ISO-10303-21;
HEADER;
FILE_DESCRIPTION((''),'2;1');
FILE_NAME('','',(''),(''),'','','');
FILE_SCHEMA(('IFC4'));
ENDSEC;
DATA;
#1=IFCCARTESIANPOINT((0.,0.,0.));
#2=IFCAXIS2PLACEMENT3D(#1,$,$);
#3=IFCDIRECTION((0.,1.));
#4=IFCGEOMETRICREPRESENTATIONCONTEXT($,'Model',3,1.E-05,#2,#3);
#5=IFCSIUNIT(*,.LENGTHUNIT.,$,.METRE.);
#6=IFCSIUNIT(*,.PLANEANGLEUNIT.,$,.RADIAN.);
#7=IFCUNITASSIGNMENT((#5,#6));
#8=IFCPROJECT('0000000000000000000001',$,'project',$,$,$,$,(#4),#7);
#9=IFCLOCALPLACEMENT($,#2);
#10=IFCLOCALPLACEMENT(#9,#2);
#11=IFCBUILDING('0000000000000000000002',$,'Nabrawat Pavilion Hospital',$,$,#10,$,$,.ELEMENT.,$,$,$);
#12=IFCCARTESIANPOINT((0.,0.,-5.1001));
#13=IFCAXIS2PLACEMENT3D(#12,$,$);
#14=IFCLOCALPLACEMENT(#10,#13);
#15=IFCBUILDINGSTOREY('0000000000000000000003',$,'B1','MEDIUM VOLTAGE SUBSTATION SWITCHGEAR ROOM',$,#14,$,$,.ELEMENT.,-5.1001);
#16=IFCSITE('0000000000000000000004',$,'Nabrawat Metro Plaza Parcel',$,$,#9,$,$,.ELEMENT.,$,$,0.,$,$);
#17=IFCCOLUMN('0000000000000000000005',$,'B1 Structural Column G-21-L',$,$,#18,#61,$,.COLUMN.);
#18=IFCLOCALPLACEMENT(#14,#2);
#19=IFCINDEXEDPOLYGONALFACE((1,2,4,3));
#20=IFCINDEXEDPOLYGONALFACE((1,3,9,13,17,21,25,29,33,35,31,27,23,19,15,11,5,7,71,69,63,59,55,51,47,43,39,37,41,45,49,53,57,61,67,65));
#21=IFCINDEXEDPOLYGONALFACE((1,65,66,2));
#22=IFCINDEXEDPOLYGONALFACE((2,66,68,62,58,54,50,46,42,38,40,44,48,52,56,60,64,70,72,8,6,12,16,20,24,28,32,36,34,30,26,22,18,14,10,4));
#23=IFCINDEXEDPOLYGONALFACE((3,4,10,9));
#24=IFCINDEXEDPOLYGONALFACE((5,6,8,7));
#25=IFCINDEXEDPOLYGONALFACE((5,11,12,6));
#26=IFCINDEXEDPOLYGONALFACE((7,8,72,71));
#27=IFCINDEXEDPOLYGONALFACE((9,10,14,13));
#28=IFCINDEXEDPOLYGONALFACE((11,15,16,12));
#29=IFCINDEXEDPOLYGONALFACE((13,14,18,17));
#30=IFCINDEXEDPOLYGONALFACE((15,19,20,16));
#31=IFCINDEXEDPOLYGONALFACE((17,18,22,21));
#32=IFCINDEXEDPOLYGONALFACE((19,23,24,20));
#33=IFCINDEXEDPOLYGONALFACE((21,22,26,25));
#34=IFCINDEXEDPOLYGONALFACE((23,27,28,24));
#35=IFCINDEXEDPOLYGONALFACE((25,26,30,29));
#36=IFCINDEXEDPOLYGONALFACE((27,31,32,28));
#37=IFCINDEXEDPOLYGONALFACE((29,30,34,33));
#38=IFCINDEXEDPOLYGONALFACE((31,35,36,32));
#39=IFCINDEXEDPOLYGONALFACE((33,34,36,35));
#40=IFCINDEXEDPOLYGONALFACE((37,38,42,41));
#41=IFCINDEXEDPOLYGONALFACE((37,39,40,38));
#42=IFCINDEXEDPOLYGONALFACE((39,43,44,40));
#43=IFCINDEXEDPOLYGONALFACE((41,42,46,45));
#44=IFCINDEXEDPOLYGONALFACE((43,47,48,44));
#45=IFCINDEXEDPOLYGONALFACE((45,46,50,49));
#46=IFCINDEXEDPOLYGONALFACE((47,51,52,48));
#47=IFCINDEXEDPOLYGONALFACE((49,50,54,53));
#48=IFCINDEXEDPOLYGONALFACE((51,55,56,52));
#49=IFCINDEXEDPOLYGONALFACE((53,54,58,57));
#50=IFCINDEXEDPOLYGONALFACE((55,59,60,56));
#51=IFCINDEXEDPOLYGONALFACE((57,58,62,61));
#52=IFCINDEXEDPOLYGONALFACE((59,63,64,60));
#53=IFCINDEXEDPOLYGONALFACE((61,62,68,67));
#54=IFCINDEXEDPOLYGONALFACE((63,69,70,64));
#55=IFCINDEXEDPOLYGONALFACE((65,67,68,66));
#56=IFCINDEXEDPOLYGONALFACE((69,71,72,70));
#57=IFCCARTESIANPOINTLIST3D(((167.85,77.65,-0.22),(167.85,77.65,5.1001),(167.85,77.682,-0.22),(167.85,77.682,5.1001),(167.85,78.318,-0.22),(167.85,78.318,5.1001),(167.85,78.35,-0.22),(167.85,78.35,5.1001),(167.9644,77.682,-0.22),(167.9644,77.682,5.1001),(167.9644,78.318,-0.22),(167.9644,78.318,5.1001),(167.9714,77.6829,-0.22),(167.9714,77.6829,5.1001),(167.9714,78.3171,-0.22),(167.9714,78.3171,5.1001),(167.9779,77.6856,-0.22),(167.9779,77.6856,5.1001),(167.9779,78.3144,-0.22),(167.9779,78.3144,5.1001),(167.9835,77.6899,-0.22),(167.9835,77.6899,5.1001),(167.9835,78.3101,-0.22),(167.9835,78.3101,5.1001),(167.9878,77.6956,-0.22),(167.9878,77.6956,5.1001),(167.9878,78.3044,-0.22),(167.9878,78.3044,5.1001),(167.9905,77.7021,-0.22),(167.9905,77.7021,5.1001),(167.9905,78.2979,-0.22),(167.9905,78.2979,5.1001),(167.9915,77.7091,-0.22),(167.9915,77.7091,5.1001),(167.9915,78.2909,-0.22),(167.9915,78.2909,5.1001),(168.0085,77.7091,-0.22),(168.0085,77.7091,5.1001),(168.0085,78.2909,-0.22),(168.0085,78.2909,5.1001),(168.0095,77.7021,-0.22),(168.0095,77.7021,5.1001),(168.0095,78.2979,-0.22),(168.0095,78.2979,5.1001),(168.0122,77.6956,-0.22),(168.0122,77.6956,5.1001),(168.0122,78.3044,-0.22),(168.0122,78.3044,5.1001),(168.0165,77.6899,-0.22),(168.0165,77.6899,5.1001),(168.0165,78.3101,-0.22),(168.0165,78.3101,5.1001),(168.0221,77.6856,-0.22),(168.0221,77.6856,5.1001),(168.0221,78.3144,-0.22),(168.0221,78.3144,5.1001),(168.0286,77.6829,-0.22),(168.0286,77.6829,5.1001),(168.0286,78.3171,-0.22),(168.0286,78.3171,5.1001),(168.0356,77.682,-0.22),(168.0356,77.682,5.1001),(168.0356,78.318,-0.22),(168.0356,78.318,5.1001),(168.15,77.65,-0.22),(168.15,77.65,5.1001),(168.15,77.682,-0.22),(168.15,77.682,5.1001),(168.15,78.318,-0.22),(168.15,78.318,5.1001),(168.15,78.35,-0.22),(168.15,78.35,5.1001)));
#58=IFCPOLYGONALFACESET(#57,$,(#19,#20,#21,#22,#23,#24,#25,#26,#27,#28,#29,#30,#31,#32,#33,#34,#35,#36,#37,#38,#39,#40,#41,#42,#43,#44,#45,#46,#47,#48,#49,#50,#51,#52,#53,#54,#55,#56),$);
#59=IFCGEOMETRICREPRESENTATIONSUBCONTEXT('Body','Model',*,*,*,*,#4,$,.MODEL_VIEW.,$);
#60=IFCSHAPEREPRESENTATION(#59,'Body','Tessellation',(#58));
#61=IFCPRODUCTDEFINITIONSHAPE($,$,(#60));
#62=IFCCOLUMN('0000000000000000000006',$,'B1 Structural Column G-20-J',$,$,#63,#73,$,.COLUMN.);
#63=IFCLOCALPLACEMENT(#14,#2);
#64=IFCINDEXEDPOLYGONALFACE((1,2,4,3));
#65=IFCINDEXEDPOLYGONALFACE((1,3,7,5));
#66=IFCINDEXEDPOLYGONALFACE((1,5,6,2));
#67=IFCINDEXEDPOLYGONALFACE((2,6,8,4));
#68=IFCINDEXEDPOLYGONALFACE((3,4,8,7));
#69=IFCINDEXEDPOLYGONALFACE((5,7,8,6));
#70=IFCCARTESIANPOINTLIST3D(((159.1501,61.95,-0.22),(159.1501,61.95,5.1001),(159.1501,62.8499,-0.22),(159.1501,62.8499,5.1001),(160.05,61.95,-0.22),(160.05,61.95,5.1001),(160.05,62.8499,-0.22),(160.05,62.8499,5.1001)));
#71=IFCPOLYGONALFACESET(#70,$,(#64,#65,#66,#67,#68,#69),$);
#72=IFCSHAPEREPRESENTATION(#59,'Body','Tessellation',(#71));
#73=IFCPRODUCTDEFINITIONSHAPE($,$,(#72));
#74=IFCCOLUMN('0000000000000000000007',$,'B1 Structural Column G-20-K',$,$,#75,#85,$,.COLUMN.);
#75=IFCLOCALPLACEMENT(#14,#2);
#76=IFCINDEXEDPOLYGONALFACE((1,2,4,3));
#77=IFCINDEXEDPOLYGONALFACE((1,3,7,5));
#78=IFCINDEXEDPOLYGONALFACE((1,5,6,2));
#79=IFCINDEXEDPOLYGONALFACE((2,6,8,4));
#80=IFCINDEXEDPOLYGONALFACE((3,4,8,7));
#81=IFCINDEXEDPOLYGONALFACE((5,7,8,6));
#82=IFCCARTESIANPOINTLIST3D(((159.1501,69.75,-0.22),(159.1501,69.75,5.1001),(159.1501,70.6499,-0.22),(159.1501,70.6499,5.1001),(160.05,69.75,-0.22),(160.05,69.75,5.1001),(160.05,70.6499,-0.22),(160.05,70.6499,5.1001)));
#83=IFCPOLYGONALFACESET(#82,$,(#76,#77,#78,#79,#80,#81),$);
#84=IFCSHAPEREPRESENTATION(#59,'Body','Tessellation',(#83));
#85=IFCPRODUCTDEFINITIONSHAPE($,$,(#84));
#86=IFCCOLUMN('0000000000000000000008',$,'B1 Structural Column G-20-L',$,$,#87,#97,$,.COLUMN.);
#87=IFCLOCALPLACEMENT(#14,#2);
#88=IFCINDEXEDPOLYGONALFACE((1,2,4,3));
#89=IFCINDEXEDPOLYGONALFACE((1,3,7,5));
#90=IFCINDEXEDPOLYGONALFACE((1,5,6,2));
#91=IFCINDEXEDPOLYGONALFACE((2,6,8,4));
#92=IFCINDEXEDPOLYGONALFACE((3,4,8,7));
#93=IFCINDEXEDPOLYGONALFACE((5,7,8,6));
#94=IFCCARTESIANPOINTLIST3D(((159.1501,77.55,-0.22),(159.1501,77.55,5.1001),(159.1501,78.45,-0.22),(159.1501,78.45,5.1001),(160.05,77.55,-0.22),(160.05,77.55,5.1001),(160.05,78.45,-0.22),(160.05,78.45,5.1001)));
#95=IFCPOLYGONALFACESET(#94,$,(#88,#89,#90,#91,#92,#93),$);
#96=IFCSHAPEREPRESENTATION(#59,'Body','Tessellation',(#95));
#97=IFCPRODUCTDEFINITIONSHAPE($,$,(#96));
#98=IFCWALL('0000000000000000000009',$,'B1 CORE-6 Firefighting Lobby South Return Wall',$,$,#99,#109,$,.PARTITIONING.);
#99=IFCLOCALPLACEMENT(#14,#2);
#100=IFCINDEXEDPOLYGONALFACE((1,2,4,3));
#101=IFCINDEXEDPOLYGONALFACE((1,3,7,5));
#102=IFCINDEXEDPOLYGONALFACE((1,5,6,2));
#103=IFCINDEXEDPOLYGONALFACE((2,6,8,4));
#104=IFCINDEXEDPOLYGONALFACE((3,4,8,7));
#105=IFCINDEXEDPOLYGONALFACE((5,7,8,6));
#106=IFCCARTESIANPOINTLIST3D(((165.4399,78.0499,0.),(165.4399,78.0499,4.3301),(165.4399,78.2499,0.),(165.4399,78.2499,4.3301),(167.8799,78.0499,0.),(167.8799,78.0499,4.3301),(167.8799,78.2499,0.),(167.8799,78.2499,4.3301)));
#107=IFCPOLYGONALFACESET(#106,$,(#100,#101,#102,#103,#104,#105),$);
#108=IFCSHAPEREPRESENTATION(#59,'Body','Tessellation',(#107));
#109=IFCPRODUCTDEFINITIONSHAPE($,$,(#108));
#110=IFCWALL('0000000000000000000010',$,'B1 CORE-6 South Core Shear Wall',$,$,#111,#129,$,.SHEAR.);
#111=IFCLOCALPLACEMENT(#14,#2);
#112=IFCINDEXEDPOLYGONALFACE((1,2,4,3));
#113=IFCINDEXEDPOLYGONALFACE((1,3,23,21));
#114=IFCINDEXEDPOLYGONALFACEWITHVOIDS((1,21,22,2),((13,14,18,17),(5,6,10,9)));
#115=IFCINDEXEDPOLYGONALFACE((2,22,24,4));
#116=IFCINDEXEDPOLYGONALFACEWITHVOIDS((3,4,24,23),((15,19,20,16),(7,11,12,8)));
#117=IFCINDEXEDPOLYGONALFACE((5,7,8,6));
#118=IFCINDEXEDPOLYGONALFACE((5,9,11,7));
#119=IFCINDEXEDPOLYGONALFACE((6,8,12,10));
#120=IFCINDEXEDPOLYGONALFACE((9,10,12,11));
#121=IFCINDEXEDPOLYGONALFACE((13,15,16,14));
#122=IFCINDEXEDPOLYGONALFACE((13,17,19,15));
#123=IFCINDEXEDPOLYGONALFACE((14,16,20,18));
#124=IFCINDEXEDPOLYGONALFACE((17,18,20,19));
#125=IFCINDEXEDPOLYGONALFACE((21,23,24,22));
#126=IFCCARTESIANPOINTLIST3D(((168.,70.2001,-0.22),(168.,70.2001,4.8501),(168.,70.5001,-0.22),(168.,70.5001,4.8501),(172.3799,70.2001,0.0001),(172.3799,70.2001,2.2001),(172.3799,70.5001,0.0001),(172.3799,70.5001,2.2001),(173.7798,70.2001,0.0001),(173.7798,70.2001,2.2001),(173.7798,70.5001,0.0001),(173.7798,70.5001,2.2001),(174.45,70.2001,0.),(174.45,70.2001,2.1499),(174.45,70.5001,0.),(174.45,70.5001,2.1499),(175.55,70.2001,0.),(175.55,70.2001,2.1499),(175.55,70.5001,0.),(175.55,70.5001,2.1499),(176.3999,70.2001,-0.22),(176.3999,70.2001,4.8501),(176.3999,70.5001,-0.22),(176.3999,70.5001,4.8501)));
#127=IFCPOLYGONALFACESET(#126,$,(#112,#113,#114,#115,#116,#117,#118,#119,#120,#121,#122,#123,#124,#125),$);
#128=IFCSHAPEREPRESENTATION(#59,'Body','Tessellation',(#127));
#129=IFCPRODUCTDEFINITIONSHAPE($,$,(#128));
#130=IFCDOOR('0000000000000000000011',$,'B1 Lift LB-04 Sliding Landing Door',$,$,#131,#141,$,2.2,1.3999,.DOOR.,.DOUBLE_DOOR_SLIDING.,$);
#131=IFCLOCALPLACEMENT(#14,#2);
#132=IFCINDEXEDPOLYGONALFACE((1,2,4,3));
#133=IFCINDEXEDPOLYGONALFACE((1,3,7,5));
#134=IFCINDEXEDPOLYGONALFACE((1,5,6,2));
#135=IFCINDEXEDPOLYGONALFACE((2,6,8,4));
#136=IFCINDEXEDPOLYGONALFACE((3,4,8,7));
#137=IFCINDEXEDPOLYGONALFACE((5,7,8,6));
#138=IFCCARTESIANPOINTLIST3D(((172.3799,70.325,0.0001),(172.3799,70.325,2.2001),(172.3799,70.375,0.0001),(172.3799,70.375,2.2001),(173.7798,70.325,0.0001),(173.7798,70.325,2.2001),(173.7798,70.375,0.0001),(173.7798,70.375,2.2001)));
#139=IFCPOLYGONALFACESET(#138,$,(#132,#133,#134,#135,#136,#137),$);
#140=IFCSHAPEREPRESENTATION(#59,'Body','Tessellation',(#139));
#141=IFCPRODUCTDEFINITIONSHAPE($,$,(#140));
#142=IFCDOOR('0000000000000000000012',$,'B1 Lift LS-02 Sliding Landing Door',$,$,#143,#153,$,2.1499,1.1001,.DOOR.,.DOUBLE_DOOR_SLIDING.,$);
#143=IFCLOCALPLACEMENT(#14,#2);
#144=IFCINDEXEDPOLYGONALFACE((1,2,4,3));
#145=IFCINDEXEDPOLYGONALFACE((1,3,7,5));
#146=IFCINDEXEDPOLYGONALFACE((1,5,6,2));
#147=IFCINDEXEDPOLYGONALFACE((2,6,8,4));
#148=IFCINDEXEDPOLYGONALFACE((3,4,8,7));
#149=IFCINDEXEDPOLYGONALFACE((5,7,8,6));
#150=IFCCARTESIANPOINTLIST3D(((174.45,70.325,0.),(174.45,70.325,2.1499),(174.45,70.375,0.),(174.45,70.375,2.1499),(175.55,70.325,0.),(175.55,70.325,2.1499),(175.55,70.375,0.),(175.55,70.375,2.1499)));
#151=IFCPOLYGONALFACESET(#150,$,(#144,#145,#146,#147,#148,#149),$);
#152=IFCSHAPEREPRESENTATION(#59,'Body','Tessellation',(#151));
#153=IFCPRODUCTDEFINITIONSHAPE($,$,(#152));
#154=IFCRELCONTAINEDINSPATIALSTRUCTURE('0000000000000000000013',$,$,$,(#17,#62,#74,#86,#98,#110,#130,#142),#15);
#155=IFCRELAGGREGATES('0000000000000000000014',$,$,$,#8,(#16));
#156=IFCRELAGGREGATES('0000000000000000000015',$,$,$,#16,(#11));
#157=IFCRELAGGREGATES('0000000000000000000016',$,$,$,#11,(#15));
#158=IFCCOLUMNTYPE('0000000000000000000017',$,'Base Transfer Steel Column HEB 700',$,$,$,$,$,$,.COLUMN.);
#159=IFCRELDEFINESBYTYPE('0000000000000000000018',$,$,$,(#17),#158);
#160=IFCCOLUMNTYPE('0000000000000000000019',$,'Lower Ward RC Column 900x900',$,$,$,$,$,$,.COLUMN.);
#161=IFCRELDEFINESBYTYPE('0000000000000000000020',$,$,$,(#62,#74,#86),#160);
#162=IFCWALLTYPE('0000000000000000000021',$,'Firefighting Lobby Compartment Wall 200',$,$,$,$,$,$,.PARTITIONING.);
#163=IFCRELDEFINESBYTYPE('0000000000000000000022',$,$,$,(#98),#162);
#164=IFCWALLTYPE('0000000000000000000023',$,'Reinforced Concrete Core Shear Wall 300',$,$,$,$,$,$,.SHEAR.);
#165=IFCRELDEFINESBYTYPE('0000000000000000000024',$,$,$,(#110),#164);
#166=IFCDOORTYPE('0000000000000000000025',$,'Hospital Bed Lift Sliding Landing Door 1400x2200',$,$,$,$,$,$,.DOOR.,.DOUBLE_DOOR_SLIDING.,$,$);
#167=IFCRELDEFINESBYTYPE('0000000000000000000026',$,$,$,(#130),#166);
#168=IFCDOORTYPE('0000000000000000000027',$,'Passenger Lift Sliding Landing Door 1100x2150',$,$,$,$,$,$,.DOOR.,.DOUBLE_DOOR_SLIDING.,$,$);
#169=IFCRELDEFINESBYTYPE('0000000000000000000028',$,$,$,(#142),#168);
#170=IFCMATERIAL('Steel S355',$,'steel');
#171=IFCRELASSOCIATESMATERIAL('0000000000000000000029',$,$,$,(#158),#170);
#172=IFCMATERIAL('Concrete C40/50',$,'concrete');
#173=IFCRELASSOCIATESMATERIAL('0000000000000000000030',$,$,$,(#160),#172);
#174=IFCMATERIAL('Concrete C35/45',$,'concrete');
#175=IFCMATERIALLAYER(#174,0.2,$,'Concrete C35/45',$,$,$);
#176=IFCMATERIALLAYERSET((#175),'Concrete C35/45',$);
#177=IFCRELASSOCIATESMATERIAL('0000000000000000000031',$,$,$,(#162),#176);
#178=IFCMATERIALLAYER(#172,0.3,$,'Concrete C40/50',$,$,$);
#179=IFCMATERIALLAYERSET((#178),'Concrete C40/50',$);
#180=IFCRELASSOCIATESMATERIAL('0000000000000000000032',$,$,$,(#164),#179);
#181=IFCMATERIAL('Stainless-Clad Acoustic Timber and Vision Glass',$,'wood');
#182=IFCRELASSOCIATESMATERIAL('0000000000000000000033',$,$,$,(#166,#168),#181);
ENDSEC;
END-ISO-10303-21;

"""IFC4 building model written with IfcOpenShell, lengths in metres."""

from ifc_helpers import new_model, si_unit, direction, frame, frame_2d, origin, origin_2d, place, context, subcontext, project, spatial, rectangle, i_section, extrude, material, layer, layer_set, material_profile, profile_set, type_object, element, fill, save


model = new_model("IFC4")

# Units and contexts
model_context = context("Model", 3, precision=1e-05, world=origin(), true_north=direction((0.0, 1.0)))
body_context = subcontext(model_context, "Body", "Model", "MODEL_VIEW")
ifc_project = project(units=[si_unit("LENGTHUNIT", "METRE"), si_unit("PLANEANGLEUNIT", "RADIAN")], contexts=[model_context])

# Site, building, storey
site_placement = place(None, origin())
site = spatial("IfcSite", under=ifc_project, at=site_placement, Name="Nabrawat Metro Plaza Parcel", CompositionType="ELEMENT", RefElevation=0.0)
building_placement = place(site_placement, origin())
building = spatial("IfcBuilding", under=site, at=building_placement, Name="Nabrawat Pavilion Hospital", CompositionType="ELEMENT")
storey_placement = place(building_placement, frame((0.0, 0.0, -5.1001)))
storey = spatial("IfcBuildingStorey", under=building, at=storey_placement, Name="B1", Description="MEDIUM VOLTAGE SUBSTATION SWITCHGEAR ROOM", CompositionType="ELEMENT", Elevation=-5.1001)

# Shared definitions
ifc_material_1 = material(Name="Concrete C35/45", Category="concrete")

# Columns
ifc_material_2 = material(Name="Steel S355", Category="steel")
ifc_material_profile_1 = material_profile(ifc_material_2, i_section(OverallWidth=0.3, OverallDepth=0.7, WebThickness=0.0171, FlangeThickness=0.032, FilletRadius=0.0271, at=origin_2d()), Name="HEB 700")
ifc_profile_set_1 = profile_set([ifc_material_profile_1], Name="Steel S355")
column_type_1 = type_object("IfcColumnType", Name="Base Transfer Steel Column HEB 700", PredefinedType="COLUMN", material=ifc_profile_set_1)
for number, where, z_axis, x_axis, name in (
    (1, (168.0, 78.0, -0.22), (0.0, 0.0, 1.0), (1.0, 0.0, 0.0), "B1 Structural Column G-21-L"),
):
    element("IfcColumn", number, at=place(storey_placement, frame(where, z_axis=z_axis, x_axis=x_axis)), inside=storey, type_object=column_type_1, Name=name, PredefinedType="COLUMN", context=body_context, shape_type="SweptSolid", body=[
        extrude(i_section(OverallWidth=0.3, OverallDepth=0.7, WebThickness=0.0171, FlangeThickness=0.032, FilletRadius=0.0271, at=origin_2d()), origin(), (0.0, 0.0, 1.0), 5.3201),
    ])
ifc_material_3 = material(Name="Concrete C40/50", Category="concrete")
ifc_material_profile_2 = material_profile(ifc_material_3, rectangle(XDim=0.8999, YDim=0.8999, at=origin_2d()), Name="RC 900x900")
ifc_profile_set_2 = profile_set([ifc_material_profile_2], Name="Concrete C40/50")
column_type_2 = type_object("IfcColumnType", Name="Lower Ward RC Column 900x900", PredefinedType="COLUMN", material=ifc_profile_set_2)
for number, where, z_axis, x_axis, name in (
    (2, (159.6001, 62.3999, -0.22), (0.0, 0.0, 1.0), (1.0, 0.0, 0.0), "B1 Structural Column G-20-J"),
    (3, (159.6001, 70.2, -0.22), (0.0, 0.0, 1.0), (1.0, 0.0, 0.0), "B1 Structural Column G-20-K"),
    (4, (159.6001, 78.0, -0.22), (0.0, 0.0, 1.0), (1.0, 0.0, 0.0), "B1 Structural Column G-20-L"),
):
    element("IfcColumn", number, at=place(storey_placement, frame(where, z_axis=z_axis, x_axis=x_axis)), inside=storey, type_object=column_type_2, Name=name, PredefinedType="COLUMN", context=body_context, shape_type="SweptSolid", body=[
        extrude(rectangle(XDim=0.8999, YDim=0.8999, at=origin_2d()), origin(), (0.0, 0.0, 1.0), 5.3201),
    ])

# Wall
ifc_layer_1 = layer(ifc_material_1, 0.2, Name="Concrete C35/45")
ifc_layer_set_1 = layer_set([ifc_layer_1], Name="Concrete C35/45")
wall_type_1 = type_object("IfcWallType", Name="Firefighting Lobby Compartment Wall 200", PredefinedType="PARTITIONING", material=ifc_layer_set_1)
wall_1_placement = place(storey_placement, frame((165.4399, 78.1499, 0.0), z_axis=(0.0, 0.0, 1.0), x_axis=(1.0, 0.0, 0.0)))
element("IfcWall", 5, at=wall_1_placement, inside=storey, type_object=wall_type_1, Name="B1 CORE-6 Firefighting Lobby South Return Wall", PredefinedType="PARTITIONING", context=body_context, shape_type="SweptSolid", body=[
    extrude(rectangle(XDim=2.4399, YDim=0.2, at=frame_2d((1.22, 0.0))), origin(), (0.0, 0.0, 1.0), 4.3301),
])

# Wall, openings, doors
ifc_layer_2 = layer(ifc_material_3, 0.3, Name="Concrete C40/50")
ifc_layer_set_2 = layer_set([ifc_layer_2], Name="Concrete C40/50")
wall_type_2 = type_object("IfcWallType", Name="Reinforced Concrete Core Shear Wall 300", PredefinedType="SHEAR", material=ifc_layer_set_2)
wall_2_placement = place(storey_placement, frame((168.0, 70.3501, -0.22), z_axis=(0.0, 0.0, 1.0), x_axis=(1.0, 0.0, 0.0)))
wall_2 = element("IfcWall", 6, at=wall_2_placement, inside=storey, type_object=wall_type_2, Name="B1 CORE-6 South Core Shear Wall", PredefinedType="SHEAR", context=body_context, shape_type="SweptSolid", body=[
    extrude(rectangle(XDim=8.3999, YDim=0.3, at=frame_2d((4.2, 0.0))), origin(), (0.0, 0.0, 1.0), 5.0701),
])
opening_1_placement = place(wall_2_placement, frame((4.3799, 0.0, 0.22)))
opening_1 = element("IfcOpeningElement", 7, at=opening_1_placement, cuts=wall_2, PredefinedType="OPENING", context=body_context, shape_type="SweptSolid", body=[
    extrude(rectangle(XDim=1.3999, YDim=2.2, at=frame_2d((0.7, 1.1001))), frame((0.0, 0.1602, 0.0), z_axis=(0.0, -1.0, 0.0), x_axis=(1.0, 0.0, 0.0)), (0.0, 0.0, 1.0), 0.3201),
])
opening_2_placement = place(wall_2_placement, frame((6.45, 0.0, 0.22)))
opening_2 = element("IfcOpeningElement", 8, at=opening_2_placement, cuts=wall_2, PredefinedType="OPENING", context=body_context, shape_type="SweptSolid", body=[
    extrude(rectangle(XDim=1.1001, YDim=2.1499, at=frame_2d((0.55, 1.075))), frame((0.0, 0.1602, 0.0), z_axis=(0.0, -1.0, 0.0), x_axis=(1.0, 0.0, 0.0)), (0.0, 0.0, 1.0), 0.3201),
])
ifc_material_4 = material(Name="Stainless-Clad Acoustic Timber and Vision Glass", Category="wood")
door_type_1 = type_object("IfcDoorType", Name="Hospital Bed Lift Sliding Landing Door 1400x2200", OperationType="DOUBLE_DOOR_SLIDING", PredefinedType="DOOR", material=ifc_material_4)
door_1_placement = place(opening_1_placement, origin())
door_1 = element("IfcDoor", 9, at=door_1_placement, inside=storey, type_object=door_type_1, Name="B1 Lift LB-04 Sliding Landing Door", OperationType="DOUBLE_DOOR_SLIDING", OverallHeight=2.2, OverallWidth=1.3999, PredefinedType="DOOR", context=body_context, shape_type="SweptSolid", body=[
    extrude(rectangle(XDim=1.3999, YDim=2.2, at=frame_2d((0.7, 1.1001))), frame((0.0, 0.0249, 0.0), z_axis=(0.0, -1.0, 0.0), x_axis=(1.0, 0.0, 0.0)), (0.0, 0.0, 1.0), 0.05),
])
fill(opening_1, door_1)
door_type_2 = type_object("IfcDoorType", Name="Passenger Lift Sliding Landing Door 1100x2150", OperationType="DOUBLE_DOOR_SLIDING", PredefinedType="DOOR", material=ifc_material_4)
door_2_placement = place(opening_2_placement, origin())
door_2 = element("IfcDoor", 10, at=door_2_placement, inside=storey, type_object=door_type_2, Name="B1 Lift LS-02 Sliding Landing Door", OperationType="DOUBLE_DOOR_SLIDING", OverallHeight=2.1499, OverallWidth=1.1001, PredefinedType="DOOR", context=body_context, shape_type="SweptSolid", body=[
    extrude(rectangle(XDim=1.1001, YDim=2.1499, at=frame_2d((0.55, 1.075))), frame((0.0, 0.0249, 0.0), z_axis=(0.0, -1.0, 0.0), x_axis=(1.0, 0.0, 0.0)), (0.0, 0.0, 1.0), 0.05),
])
fill(opening_2, door_2)

save(model, "model.ifc")
